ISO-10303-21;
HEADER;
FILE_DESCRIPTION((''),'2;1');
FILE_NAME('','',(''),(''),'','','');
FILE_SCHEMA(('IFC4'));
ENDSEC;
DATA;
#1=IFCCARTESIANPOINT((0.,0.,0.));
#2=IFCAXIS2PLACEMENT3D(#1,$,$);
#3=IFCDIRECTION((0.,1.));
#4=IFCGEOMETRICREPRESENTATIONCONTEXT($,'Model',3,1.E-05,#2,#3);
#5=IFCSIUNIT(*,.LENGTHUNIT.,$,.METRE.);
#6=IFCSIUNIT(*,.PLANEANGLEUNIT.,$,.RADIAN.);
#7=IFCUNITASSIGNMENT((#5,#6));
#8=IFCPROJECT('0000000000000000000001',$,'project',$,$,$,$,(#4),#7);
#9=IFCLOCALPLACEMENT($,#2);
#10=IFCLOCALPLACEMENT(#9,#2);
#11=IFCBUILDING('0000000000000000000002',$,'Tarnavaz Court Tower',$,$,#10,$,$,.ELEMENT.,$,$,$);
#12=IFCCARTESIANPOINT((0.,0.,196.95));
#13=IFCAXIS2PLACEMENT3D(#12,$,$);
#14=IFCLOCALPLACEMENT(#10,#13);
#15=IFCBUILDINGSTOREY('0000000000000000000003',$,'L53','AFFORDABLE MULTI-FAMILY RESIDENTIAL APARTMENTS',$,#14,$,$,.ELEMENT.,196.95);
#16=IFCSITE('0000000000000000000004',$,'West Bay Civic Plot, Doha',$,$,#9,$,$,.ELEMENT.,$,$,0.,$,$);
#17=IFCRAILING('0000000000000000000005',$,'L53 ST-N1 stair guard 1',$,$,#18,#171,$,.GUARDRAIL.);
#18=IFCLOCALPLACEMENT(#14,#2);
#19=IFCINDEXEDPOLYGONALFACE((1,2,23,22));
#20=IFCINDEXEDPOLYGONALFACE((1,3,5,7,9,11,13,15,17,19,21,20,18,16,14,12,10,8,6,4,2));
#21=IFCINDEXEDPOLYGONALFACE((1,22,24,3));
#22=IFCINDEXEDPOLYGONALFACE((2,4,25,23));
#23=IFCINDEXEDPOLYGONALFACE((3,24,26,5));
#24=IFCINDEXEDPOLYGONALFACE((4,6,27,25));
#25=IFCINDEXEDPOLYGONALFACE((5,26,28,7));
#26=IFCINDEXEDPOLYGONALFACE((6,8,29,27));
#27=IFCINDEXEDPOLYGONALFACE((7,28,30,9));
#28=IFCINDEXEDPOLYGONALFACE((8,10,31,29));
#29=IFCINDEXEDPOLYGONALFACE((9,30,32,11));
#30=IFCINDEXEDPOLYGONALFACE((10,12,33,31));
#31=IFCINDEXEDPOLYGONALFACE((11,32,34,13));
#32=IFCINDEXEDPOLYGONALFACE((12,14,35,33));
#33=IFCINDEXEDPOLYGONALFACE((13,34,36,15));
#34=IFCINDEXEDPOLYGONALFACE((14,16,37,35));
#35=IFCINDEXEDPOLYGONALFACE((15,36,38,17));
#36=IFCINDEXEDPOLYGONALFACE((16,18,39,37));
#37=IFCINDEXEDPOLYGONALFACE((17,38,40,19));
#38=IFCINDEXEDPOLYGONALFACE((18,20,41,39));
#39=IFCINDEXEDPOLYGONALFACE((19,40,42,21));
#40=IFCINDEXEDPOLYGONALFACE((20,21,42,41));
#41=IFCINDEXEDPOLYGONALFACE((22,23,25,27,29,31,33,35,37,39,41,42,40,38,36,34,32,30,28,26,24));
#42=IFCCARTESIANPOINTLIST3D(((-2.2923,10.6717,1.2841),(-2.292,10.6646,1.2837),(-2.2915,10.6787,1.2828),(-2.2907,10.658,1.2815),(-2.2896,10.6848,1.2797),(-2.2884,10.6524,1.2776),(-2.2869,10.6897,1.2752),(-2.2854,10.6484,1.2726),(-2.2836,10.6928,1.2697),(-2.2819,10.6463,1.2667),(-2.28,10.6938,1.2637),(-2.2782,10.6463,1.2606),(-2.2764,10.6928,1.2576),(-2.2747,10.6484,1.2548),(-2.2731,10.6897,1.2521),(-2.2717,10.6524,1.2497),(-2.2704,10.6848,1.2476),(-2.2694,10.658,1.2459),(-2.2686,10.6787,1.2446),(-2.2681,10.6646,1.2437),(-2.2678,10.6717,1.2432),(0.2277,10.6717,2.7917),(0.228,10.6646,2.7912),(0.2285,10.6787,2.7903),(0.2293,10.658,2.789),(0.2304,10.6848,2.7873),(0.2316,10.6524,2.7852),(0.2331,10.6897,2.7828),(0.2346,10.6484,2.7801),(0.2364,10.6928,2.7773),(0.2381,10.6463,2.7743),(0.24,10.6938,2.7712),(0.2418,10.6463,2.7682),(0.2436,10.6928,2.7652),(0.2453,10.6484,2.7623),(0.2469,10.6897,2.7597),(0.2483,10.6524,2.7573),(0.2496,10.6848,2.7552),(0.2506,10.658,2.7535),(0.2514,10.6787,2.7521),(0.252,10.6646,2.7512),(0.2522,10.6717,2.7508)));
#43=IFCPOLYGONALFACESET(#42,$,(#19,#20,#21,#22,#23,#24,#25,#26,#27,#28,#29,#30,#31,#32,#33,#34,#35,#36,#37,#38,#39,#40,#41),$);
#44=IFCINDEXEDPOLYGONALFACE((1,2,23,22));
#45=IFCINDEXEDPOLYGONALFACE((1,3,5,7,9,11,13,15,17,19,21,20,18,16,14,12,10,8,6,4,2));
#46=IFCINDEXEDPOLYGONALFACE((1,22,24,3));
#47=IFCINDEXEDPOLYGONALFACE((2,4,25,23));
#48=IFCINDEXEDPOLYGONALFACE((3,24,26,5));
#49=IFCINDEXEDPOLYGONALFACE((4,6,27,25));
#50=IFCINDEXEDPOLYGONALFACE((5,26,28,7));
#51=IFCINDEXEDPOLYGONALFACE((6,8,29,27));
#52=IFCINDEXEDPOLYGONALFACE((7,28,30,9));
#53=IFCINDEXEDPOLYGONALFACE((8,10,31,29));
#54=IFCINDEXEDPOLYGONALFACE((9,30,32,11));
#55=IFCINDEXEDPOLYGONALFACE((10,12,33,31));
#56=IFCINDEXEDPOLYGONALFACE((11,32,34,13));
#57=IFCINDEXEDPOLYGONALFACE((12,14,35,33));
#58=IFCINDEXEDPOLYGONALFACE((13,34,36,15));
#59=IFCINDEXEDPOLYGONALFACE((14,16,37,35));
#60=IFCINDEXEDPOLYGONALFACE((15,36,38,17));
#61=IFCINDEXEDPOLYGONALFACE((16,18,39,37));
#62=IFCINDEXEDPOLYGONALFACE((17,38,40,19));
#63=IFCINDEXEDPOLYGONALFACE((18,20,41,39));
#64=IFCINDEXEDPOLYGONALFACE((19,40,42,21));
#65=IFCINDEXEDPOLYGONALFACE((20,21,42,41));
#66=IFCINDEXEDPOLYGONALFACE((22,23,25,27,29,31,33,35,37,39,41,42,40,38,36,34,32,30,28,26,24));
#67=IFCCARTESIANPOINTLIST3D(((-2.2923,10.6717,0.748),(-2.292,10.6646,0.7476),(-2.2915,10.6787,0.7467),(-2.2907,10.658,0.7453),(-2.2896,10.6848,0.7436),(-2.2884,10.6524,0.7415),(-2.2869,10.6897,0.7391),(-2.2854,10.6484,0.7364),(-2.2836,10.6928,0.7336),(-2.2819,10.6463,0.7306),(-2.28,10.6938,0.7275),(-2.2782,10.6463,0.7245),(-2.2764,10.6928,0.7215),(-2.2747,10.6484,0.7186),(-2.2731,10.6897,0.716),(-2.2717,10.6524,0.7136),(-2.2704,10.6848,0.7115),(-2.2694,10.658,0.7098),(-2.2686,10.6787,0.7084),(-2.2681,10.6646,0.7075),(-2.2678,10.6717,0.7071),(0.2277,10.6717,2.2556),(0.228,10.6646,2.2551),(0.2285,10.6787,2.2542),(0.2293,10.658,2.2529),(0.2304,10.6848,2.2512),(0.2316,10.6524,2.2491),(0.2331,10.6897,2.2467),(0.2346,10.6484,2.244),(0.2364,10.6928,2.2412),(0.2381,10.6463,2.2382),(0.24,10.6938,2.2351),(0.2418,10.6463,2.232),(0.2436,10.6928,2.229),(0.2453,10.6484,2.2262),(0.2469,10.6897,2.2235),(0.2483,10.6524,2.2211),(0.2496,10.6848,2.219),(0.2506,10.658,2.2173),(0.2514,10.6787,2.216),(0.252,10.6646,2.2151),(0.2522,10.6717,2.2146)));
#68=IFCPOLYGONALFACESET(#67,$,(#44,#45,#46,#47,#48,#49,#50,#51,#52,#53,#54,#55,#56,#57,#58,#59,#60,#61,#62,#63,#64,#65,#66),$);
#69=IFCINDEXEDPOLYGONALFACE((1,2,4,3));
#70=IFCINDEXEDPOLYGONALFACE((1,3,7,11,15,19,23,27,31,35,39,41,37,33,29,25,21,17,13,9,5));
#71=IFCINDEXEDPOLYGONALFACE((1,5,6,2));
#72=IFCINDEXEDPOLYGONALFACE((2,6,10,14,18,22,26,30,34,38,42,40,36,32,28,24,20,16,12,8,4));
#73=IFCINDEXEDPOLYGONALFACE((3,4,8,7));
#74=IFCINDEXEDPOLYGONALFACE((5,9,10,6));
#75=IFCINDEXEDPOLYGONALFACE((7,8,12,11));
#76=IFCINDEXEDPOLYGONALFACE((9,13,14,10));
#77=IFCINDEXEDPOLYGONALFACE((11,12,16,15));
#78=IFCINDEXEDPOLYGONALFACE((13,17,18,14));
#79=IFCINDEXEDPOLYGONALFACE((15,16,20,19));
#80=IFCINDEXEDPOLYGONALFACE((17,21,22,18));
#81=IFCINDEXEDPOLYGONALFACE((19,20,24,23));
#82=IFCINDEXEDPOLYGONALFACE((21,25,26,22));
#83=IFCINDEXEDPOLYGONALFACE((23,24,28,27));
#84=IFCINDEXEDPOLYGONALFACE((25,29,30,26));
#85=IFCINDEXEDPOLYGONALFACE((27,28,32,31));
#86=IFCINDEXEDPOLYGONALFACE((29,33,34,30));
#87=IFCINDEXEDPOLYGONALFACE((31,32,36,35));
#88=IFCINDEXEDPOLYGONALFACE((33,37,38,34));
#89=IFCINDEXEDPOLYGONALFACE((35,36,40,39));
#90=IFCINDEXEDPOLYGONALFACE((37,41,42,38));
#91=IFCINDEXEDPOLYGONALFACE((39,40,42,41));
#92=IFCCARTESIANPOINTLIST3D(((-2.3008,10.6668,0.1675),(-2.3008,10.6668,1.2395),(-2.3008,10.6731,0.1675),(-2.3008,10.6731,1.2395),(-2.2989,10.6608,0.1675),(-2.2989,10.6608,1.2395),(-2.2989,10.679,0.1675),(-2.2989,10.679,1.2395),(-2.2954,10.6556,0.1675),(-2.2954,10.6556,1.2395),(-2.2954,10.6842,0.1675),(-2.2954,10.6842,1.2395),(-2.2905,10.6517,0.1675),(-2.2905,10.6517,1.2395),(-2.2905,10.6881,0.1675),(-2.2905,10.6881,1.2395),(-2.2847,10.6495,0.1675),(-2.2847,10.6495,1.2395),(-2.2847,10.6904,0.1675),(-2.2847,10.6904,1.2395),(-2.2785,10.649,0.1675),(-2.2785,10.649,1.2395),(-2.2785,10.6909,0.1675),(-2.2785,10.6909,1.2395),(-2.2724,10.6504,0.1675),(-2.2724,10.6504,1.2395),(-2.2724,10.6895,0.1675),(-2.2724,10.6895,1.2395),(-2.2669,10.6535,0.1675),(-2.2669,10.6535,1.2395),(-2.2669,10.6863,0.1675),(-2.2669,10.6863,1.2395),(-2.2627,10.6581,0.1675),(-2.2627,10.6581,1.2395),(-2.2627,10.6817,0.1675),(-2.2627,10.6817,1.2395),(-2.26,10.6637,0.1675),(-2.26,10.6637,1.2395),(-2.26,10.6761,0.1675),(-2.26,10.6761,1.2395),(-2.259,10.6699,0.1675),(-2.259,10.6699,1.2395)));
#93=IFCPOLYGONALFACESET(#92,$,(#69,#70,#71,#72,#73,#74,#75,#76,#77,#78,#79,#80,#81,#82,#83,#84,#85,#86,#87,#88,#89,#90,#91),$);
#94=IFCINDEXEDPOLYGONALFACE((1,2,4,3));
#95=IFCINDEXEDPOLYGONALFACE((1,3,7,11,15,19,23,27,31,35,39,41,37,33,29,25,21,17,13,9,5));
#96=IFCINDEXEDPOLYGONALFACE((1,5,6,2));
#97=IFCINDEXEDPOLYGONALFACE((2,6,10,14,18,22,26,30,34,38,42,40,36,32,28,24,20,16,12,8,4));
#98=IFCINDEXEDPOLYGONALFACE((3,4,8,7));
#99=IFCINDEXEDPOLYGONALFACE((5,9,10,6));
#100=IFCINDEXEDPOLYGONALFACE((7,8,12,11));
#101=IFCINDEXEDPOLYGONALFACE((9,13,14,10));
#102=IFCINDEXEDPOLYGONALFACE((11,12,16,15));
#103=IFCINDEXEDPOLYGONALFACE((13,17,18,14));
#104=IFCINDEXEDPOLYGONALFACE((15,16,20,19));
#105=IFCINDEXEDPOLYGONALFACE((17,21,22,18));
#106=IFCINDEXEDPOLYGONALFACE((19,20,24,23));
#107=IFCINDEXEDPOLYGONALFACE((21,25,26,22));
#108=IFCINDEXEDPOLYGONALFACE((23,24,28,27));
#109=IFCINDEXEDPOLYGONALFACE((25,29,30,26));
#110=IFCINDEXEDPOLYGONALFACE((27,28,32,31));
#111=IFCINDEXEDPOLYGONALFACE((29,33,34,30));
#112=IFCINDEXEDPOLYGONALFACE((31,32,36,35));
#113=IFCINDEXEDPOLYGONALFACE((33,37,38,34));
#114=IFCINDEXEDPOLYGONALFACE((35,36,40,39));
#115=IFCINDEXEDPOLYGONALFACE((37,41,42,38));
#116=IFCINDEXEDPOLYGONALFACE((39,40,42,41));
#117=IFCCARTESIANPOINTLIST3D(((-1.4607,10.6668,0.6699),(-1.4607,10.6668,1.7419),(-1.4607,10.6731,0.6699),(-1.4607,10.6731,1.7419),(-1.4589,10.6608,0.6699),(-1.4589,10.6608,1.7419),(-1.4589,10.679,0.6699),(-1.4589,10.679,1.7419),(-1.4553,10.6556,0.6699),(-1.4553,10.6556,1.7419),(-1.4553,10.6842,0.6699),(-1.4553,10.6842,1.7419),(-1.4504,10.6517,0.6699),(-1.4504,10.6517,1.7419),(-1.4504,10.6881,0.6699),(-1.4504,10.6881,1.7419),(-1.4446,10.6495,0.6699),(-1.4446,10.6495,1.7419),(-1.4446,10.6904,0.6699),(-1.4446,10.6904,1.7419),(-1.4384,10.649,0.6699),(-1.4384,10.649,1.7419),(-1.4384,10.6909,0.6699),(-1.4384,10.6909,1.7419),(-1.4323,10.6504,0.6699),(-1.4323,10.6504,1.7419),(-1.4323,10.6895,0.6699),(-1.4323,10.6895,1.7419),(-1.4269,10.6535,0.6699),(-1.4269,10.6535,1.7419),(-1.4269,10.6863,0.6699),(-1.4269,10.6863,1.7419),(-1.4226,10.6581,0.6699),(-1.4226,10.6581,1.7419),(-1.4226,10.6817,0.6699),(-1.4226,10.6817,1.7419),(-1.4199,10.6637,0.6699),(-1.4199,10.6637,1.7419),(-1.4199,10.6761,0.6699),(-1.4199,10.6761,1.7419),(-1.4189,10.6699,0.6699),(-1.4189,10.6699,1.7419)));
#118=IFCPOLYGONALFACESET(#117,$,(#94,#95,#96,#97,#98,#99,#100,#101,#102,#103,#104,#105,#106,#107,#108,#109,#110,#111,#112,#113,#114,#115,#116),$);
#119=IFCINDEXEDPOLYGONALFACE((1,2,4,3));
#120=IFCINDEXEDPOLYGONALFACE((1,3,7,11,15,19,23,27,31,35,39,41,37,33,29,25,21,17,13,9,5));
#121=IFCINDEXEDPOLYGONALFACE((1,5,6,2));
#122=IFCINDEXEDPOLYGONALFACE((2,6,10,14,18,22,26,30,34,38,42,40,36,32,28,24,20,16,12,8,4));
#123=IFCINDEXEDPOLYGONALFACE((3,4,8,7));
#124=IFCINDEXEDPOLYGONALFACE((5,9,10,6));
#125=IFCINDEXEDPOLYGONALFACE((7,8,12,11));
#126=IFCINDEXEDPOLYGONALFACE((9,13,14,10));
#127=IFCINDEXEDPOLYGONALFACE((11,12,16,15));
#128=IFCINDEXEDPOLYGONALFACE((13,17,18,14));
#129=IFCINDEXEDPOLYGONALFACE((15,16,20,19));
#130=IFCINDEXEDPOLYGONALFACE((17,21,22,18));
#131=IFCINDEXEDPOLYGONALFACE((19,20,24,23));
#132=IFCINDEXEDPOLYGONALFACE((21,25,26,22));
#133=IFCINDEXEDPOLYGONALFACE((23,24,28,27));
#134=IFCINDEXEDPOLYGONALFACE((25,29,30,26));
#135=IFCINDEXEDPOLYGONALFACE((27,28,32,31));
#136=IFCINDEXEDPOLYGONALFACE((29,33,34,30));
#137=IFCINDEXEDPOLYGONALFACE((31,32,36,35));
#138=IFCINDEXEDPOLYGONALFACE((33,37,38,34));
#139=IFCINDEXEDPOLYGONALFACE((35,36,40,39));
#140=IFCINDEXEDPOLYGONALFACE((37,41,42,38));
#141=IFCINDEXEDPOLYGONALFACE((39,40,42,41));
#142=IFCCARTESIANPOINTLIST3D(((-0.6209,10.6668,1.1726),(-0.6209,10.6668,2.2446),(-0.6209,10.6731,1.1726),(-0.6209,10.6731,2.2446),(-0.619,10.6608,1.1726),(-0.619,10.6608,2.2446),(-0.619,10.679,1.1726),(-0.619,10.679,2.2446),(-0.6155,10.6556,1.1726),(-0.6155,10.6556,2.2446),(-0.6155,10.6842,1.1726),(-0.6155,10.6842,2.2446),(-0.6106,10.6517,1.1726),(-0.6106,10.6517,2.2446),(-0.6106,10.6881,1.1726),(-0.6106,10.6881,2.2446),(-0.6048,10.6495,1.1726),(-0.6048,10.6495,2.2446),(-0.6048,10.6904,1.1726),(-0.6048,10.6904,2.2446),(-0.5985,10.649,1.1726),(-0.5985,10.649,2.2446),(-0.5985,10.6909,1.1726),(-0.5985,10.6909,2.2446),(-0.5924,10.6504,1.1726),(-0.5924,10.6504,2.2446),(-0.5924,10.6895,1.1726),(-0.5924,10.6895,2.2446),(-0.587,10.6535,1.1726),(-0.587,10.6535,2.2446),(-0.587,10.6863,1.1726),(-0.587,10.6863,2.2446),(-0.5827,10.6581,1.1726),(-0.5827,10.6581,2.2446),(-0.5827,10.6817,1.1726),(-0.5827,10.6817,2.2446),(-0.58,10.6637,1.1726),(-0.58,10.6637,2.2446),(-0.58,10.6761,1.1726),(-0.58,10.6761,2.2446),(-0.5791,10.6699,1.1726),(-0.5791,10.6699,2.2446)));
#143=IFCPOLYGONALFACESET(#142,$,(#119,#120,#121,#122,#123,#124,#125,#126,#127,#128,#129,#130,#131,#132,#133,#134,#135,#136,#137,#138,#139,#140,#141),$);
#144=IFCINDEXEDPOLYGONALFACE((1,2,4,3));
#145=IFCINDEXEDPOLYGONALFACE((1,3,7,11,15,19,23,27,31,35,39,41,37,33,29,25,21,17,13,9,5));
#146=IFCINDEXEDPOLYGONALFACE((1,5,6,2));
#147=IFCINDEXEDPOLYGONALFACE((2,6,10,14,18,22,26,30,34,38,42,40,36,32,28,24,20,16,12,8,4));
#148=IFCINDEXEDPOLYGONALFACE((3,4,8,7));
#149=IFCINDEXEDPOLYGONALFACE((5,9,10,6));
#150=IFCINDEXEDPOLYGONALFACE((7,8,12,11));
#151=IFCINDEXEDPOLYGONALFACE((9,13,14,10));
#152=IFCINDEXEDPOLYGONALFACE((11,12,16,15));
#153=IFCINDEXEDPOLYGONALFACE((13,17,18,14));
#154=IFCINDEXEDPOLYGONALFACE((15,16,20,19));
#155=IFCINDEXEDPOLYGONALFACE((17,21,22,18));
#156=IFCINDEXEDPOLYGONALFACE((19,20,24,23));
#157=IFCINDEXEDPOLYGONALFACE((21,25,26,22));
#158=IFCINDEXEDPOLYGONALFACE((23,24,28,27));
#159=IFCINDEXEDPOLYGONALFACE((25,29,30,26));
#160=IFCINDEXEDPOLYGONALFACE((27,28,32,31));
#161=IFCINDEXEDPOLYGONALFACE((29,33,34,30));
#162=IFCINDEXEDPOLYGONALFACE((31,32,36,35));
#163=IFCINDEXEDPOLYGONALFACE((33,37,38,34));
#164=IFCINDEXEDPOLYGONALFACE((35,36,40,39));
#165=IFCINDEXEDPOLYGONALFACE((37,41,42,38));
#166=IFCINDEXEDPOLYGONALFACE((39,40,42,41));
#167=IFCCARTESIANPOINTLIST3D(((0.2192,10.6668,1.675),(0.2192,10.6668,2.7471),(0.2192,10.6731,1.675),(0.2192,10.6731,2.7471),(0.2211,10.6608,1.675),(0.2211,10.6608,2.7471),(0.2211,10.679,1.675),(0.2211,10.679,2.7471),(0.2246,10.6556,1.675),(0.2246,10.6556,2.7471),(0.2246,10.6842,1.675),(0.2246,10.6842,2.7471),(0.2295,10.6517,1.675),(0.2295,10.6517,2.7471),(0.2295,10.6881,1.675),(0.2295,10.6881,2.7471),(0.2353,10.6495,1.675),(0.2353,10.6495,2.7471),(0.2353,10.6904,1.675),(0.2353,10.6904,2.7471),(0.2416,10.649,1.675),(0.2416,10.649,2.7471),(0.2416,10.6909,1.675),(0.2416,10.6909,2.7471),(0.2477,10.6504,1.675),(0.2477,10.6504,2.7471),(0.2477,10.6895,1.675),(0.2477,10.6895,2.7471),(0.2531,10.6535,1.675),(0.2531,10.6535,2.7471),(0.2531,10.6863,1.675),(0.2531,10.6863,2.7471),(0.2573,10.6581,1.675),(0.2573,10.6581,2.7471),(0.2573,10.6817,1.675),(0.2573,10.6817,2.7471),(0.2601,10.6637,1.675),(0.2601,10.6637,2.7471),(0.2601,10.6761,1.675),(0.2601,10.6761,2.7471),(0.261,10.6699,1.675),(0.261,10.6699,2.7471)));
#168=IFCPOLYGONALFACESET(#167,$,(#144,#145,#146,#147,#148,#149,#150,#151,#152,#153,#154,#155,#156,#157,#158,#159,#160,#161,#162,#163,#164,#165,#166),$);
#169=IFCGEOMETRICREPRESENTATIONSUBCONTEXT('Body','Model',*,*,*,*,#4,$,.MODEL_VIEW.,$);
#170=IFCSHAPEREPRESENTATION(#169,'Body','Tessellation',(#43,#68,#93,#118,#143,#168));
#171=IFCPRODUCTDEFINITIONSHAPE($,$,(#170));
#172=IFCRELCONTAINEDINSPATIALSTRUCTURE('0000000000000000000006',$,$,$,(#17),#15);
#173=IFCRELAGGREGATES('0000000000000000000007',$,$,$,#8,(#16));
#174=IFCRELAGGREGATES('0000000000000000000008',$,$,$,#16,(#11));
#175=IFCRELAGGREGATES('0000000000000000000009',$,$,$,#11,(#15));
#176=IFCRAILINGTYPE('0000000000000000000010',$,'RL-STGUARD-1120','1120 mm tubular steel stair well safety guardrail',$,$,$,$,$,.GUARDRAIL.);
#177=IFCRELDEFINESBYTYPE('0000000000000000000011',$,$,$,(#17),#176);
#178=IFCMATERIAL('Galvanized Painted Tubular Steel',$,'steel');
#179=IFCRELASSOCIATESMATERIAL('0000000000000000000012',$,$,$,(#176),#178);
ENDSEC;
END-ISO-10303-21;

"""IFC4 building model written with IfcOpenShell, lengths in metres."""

from ifc_helpers import new_model, si_unit, direction, frame, origin, origin_2d, place, context, subcontext, project, spatial, circle, extrude, material, type_object, element, save


model = new_model("IFC4")

# Units and contexts
model_context = context("Model", 3, precision=1e-05, world=origin(), true_north=direction((0.0, 1.0)))
body_context = subcontext(model_context, "Body", "Model", "MODEL_VIEW")
ifc_project = project(units=[si_unit("LENGTHUNIT", "METRE"), si_unit("PLANEANGLEUNIT", "RADIAN")], contexts=[model_context])

# Site, building, storey
site_placement = place(None, origin())
site = spatial("IfcSite", under=ifc_project, at=site_placement, Name="West Bay Civic Plot, Doha", CompositionType="ELEMENT", RefElevation=0.0)
building_placement = place(site_placement, origin())
building = spatial("IfcBuilding", under=site, at=building_placement, Name="Tarnavaz Court Tower", CompositionType="ELEMENT")
storey_placement = place(building_placement, frame((0.0, 0.0, 196.95)))
storey = spatial("IfcBuildingStorey", under=building, at=storey_placement, Name="L53", Description="AFFORDABLE MULTI-FAMILY RESIDENTIAL APARTMENTS", CompositionType="ELEMENT", Elevation=196.95)

# Railing
ifc_material_1 = material(Name="Galvanized Painted Tubular Steel", Category="steel")
railing_type_1 = type_object("IfcRailingType", Name="RL-STGUARD-1120", Description="1120 mm tubular steel stair well safety guardrail", PredefinedType="GUARDRAIL", material=ifc_material_1)
railing_1_placement = place(storey_placement, frame((-2.28, 10.6699, 0.1675)))
element("IfcRailing", 1, at=railing_1_placement, inside=storey, type_object=railing_type_1, Name="L53 ST-N1 stair guard 1", PredefinedType="GUARDRAIL", context=body_context, shape_type="SweptSolid", body=[
    extrude(circle(Radius=0.0239, at=origin_2d()), frame((0.0, 0.0, 1.0962), z_axis=(0.85816, 0.0, 0.513383), x_axis=(0.0, 1.0, 0.0)), (0.0, 0.0, 1.0), 2.9365),
    extrude(circle(Radius=0.0239, at=origin_2d()), frame((0.0, 0.0, 0.5601), z_axis=(0.85816, 0.0, 0.513383), x_axis=(0.0, 1.0, 0.0)), (0.0, 0.0, 1.0), 2.9365),
    extrude(circle(Radius=0.021, at=origin_2d()), origin(), (0.0, 0.0, 1.0), 1.072),
    extrude(circle(Radius=0.021, at=origin_2d()), frame((0.8401, 0.0, 0.5024)), (0.0, 0.0, 1.0), 1.072),
    extrude(circle(Radius=0.021, at=origin_2d()), frame((1.6799, 0.0, 1.0051)), (0.0, 0.0, 1.0), 1.072),
    extrude(circle(Radius=0.021, at=origin_2d()), frame((2.52, 0.0, 1.5076)), (0.0, 0.0, 1.0), 1.072),
])

save(model, "model.ifc")
